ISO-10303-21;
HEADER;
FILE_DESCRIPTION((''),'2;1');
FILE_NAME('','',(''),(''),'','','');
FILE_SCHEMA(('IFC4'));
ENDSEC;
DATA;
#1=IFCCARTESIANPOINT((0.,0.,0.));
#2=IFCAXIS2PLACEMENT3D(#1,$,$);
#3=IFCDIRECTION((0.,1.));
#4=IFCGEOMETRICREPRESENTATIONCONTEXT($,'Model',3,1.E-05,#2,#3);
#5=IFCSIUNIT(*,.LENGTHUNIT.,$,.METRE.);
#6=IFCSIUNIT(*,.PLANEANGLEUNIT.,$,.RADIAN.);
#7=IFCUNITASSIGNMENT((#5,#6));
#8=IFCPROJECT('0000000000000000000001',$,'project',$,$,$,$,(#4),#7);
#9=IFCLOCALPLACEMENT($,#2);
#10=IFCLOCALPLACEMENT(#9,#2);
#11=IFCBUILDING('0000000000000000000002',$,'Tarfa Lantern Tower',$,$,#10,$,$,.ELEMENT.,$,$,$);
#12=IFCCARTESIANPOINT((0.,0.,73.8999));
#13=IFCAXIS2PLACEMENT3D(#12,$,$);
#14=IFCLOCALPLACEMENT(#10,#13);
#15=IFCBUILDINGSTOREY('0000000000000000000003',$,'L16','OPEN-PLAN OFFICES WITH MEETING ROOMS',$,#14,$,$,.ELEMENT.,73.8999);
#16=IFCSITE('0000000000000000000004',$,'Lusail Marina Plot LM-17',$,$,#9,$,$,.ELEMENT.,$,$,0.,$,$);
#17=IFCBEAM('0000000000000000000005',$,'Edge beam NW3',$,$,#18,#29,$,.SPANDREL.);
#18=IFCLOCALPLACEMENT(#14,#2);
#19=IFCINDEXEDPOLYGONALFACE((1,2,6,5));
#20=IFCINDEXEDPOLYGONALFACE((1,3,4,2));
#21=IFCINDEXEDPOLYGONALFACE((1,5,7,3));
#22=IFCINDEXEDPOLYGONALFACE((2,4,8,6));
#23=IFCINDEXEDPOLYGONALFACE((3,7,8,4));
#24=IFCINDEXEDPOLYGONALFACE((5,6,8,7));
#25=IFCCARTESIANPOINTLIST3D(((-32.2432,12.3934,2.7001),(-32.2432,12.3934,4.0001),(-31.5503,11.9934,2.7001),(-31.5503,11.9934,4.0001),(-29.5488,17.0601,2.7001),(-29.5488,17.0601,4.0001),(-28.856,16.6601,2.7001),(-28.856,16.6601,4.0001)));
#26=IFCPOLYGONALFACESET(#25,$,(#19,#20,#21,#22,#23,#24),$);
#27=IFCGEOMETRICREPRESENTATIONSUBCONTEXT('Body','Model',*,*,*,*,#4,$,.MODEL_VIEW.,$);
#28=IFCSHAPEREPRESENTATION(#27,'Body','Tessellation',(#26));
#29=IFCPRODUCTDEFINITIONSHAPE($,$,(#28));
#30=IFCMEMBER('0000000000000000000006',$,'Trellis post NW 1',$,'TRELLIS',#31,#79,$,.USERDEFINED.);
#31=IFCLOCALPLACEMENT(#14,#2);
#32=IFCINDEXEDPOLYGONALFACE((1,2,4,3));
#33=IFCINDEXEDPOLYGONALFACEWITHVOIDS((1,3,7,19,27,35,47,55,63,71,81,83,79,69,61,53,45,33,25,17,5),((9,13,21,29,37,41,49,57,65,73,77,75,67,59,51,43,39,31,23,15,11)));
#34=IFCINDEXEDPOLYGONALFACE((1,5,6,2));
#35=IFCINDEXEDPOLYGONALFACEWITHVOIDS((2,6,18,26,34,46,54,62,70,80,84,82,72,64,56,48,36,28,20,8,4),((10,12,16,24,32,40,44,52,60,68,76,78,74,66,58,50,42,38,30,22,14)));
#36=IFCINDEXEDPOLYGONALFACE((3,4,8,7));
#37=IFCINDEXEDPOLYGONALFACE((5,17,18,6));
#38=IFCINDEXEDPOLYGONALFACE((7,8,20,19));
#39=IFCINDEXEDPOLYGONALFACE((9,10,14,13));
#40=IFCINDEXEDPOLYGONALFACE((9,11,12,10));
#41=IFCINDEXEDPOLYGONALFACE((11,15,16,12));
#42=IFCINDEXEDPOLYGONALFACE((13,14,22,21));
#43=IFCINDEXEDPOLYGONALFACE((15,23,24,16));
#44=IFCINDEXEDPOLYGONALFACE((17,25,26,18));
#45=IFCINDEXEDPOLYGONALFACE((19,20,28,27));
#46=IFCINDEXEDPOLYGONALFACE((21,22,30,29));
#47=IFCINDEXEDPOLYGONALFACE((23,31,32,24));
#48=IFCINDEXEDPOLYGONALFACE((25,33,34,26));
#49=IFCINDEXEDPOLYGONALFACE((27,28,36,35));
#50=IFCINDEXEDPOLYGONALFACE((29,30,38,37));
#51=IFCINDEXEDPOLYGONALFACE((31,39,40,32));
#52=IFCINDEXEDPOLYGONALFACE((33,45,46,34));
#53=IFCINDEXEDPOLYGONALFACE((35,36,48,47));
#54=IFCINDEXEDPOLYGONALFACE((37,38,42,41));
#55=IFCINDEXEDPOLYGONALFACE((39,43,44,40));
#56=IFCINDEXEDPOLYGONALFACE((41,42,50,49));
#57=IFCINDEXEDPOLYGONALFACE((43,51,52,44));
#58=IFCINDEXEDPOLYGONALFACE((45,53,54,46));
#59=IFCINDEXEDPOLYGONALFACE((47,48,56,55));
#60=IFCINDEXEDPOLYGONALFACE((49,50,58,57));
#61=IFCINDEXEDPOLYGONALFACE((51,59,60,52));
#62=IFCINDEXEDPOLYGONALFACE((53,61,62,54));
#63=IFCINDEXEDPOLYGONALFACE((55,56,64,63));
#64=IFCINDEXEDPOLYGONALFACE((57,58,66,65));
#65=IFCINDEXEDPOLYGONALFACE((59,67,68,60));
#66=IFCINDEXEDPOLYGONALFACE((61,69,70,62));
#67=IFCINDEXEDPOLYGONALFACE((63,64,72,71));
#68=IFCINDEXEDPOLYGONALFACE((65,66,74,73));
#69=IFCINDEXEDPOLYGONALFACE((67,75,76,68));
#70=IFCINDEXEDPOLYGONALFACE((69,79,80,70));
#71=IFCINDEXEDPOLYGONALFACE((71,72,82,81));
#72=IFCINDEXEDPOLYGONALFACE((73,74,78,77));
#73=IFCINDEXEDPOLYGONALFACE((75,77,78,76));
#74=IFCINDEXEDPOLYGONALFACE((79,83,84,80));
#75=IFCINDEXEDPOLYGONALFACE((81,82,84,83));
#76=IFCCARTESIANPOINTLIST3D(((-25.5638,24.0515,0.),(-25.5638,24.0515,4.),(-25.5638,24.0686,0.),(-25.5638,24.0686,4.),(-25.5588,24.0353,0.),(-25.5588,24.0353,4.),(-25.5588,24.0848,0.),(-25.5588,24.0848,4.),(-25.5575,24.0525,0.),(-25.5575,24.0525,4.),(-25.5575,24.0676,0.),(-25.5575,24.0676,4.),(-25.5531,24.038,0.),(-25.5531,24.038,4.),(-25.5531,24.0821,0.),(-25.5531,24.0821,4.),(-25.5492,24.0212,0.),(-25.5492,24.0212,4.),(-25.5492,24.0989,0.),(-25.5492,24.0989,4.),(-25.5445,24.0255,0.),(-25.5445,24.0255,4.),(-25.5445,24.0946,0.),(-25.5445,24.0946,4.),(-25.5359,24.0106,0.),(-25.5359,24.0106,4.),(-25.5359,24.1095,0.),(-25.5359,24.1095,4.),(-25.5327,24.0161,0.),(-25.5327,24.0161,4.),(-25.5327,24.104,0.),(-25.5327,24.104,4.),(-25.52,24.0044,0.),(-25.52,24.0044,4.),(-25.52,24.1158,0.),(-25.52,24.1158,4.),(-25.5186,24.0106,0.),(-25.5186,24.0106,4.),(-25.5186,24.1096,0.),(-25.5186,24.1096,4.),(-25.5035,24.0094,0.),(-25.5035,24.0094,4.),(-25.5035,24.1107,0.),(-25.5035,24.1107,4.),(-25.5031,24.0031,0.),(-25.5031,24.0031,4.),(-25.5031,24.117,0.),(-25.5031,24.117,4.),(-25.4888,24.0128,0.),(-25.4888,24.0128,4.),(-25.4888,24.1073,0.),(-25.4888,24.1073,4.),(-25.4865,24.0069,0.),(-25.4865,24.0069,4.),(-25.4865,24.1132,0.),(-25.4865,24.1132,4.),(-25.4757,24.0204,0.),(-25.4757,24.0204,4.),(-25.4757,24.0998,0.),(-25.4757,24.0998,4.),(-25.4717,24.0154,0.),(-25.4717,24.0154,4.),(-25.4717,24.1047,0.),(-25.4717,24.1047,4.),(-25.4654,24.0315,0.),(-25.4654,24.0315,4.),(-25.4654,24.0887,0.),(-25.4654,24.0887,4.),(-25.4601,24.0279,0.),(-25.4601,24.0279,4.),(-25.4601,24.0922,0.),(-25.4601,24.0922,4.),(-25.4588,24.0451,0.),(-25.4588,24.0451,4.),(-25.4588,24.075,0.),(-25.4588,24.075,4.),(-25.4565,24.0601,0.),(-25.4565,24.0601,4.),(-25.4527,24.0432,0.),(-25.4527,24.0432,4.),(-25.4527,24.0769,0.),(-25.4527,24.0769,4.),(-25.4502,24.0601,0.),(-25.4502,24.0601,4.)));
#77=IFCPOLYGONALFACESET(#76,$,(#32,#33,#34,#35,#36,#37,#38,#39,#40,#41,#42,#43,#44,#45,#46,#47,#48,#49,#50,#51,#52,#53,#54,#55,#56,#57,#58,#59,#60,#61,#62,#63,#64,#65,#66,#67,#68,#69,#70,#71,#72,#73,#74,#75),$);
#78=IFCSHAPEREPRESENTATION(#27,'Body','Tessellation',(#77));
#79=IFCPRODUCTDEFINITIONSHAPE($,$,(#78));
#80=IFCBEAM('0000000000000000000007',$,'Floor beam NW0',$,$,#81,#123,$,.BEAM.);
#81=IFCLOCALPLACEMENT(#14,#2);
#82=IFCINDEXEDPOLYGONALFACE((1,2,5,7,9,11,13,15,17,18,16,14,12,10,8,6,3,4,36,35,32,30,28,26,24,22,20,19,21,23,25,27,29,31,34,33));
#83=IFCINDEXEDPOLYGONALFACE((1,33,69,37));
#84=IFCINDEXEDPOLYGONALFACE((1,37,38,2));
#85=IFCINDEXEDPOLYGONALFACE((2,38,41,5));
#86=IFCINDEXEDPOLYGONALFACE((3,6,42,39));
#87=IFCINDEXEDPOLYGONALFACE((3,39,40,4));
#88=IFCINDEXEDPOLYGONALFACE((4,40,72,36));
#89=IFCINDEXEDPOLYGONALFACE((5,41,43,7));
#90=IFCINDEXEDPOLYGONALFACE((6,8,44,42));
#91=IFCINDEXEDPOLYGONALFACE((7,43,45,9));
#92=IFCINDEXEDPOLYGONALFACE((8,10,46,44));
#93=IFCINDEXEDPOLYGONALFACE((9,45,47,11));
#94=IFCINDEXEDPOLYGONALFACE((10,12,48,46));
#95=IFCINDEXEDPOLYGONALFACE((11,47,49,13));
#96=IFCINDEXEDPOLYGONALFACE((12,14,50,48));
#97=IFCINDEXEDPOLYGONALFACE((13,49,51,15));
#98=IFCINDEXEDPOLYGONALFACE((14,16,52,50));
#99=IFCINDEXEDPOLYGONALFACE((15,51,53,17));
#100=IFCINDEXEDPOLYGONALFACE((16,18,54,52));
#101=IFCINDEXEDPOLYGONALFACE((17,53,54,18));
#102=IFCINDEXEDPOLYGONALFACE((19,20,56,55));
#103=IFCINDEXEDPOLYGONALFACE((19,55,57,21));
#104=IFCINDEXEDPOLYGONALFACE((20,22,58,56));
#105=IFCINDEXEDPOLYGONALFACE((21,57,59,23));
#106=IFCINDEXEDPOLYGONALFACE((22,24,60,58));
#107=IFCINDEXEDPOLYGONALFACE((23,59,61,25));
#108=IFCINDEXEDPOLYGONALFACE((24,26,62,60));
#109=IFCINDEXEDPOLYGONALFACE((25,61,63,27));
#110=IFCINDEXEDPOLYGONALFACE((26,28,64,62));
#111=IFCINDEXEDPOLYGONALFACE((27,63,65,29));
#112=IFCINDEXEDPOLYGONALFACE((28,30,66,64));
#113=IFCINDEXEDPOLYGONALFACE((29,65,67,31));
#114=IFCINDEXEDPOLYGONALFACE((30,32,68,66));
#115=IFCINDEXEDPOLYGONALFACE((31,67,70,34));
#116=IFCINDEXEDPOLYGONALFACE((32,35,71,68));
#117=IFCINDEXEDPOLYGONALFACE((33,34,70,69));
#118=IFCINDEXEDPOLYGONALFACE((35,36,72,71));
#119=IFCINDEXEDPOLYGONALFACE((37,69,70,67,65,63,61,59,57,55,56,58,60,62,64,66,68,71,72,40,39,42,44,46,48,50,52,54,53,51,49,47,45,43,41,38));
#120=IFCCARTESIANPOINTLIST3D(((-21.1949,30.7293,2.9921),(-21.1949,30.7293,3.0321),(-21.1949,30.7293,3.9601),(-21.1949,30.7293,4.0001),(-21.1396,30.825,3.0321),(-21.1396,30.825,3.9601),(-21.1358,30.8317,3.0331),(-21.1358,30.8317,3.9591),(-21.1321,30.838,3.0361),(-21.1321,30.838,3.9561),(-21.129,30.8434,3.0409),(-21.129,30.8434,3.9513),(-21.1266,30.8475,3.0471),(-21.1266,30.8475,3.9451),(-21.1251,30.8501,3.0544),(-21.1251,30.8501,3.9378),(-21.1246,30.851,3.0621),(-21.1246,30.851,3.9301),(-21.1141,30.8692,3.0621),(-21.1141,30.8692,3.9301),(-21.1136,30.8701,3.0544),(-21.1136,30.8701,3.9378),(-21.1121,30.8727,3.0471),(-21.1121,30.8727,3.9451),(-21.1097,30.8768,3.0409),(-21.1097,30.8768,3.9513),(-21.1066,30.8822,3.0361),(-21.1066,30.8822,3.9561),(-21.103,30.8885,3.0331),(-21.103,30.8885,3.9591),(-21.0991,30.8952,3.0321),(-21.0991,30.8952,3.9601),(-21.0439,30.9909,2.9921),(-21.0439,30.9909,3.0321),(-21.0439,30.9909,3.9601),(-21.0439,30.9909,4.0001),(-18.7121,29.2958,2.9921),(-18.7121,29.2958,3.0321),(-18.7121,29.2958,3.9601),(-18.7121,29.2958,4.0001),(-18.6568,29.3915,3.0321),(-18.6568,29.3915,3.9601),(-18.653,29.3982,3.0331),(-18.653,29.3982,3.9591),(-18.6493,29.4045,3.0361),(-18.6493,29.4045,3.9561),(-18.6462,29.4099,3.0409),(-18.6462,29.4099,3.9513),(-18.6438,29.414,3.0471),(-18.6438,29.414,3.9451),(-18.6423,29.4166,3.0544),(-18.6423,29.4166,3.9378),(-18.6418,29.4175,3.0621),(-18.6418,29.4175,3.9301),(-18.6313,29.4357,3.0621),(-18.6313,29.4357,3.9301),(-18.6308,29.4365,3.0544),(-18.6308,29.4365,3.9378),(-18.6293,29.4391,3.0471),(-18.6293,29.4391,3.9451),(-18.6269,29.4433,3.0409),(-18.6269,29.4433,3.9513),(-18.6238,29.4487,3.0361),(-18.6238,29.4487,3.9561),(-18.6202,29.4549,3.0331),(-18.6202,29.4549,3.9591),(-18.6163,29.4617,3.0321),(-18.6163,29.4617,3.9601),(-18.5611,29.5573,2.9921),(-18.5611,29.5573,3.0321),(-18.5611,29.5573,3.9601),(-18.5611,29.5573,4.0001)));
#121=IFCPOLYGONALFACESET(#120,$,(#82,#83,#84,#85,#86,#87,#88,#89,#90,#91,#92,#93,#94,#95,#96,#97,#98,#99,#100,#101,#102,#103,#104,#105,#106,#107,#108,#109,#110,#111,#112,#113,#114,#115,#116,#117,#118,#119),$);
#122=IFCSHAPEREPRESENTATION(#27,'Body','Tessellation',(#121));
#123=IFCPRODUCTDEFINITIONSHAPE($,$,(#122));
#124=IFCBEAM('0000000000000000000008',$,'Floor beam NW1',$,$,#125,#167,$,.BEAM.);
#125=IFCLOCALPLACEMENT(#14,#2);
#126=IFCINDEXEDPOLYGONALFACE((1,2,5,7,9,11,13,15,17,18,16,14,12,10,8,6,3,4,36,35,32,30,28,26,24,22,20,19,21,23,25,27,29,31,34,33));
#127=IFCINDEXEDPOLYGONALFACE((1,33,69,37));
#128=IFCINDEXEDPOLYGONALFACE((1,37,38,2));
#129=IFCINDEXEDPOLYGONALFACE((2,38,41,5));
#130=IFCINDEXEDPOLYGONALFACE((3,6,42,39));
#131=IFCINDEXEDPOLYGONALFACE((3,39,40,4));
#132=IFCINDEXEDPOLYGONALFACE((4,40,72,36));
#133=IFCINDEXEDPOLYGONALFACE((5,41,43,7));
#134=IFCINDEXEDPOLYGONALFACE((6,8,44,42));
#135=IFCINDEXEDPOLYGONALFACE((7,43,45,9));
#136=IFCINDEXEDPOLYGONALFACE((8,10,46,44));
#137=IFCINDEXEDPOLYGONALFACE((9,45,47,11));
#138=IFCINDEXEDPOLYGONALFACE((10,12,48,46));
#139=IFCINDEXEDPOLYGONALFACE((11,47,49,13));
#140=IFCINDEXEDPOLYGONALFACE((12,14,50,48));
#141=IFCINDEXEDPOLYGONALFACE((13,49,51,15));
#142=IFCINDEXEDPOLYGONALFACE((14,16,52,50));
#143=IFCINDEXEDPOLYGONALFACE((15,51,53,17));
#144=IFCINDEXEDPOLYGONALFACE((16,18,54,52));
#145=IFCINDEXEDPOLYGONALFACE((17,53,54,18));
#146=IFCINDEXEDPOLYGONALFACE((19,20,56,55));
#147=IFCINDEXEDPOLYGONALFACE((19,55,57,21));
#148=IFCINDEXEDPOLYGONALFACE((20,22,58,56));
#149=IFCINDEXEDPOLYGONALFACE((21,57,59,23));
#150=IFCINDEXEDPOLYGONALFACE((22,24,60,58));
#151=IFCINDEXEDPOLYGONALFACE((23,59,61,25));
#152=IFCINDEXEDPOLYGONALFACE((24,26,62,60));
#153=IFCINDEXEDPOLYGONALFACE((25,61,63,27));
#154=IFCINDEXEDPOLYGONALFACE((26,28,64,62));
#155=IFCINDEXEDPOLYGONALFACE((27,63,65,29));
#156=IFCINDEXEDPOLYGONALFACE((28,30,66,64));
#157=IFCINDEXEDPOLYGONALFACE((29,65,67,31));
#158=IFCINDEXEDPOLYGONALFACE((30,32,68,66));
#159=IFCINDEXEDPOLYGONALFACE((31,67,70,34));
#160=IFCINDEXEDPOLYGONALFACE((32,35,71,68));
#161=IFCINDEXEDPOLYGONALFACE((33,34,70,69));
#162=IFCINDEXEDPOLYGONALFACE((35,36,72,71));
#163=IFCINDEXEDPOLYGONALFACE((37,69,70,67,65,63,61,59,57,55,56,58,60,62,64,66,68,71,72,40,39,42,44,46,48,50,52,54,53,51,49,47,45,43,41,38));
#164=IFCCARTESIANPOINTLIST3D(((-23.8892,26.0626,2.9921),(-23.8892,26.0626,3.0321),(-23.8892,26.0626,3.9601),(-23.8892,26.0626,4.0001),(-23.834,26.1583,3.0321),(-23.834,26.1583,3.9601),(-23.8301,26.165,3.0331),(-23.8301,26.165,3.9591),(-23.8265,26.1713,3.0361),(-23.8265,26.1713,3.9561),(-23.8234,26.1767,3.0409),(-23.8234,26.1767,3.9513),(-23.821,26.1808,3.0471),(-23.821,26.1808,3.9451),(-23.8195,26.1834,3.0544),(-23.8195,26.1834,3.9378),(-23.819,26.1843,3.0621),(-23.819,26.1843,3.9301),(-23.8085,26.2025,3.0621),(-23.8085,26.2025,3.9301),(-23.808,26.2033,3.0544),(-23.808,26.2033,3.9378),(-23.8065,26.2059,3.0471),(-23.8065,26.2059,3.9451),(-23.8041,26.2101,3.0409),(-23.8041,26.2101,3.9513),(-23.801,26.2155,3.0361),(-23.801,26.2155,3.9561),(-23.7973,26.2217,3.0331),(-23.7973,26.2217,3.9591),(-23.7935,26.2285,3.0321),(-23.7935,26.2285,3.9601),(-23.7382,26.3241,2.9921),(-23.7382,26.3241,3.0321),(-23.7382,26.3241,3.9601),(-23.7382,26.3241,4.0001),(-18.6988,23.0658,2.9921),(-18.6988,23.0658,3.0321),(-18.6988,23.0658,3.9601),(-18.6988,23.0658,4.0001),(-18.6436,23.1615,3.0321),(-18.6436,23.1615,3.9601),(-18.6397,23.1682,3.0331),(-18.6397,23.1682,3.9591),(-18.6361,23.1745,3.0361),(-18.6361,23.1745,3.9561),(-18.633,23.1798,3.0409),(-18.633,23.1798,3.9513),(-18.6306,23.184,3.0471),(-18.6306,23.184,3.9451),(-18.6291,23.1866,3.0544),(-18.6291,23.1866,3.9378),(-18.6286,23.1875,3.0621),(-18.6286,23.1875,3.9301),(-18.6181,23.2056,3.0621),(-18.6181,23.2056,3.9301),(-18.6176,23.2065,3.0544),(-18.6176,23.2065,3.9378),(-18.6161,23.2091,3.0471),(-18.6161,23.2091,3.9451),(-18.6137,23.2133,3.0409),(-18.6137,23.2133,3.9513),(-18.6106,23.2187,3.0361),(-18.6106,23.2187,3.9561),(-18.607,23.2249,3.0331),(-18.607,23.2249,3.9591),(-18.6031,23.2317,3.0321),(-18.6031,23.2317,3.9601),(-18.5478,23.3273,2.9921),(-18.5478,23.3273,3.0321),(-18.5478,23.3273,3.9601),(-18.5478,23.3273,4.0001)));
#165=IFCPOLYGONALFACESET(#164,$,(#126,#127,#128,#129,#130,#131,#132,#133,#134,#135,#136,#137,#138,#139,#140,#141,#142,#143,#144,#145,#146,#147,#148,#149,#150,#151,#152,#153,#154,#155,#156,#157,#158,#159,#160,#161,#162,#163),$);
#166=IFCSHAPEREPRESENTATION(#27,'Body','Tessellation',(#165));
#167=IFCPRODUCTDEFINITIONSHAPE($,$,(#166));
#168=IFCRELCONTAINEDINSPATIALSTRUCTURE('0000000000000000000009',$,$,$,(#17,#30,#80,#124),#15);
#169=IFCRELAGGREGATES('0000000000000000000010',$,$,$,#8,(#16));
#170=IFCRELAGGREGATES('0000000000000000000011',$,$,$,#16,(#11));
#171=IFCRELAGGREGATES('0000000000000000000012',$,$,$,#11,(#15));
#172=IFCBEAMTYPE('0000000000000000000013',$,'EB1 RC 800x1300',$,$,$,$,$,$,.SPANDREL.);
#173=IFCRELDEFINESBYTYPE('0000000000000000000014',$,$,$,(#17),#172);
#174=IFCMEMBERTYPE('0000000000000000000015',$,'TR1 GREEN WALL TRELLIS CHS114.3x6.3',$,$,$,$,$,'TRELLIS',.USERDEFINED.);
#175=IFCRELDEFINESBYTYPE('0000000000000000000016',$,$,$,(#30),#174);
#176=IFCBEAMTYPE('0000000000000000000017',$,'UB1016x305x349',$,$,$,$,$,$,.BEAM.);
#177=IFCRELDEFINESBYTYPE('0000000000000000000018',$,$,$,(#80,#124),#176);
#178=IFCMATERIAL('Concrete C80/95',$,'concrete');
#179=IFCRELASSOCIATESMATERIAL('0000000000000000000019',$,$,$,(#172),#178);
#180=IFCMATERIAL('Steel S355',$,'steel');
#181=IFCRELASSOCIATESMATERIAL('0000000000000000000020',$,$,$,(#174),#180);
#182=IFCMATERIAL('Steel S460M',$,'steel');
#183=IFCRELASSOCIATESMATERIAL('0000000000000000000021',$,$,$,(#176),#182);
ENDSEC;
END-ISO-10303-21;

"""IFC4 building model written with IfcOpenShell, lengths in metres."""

from ifc_helpers import new_model, si_unit, direction, frame, origin, origin_2d, place, context, subcontext, project, spatial, rectangle, hollow_circle, i_section, extrude, material, material_profile, profile_set, type_object, element, save


model = new_model("IFC4")

# Units and contexts
model_context = context("Model", 3, precision=1e-05, world=origin(), true_north=direction((0.0, 1.0)))
body_context = subcontext(model_context, "Body", "Model", "MODEL_VIEW")
ifc_project = project(units=[si_unit("LENGTHUNIT", "METRE"), si_unit("PLANEANGLEUNIT", "RADIAN")], contexts=[model_context])

# Site, building, storey
site_placement = place(None, origin())
site = spatial("IfcSite", under=ifc_project, at=site_placement, Name="Lusail Marina Plot LM-17", CompositionType="ELEMENT", RefElevation=0.0)
building_placement = place(site_placement, origin())
building = spatial("IfcBuilding", under=site, at=building_placement, Name="Tarfa Lantern Tower", CompositionType="ELEMENT")
storey_placement = place(building_placement, frame((0.0, 0.0, 73.8999)))
storey = spatial("IfcBuildingStorey", under=building, at=storey_placement, Name="L16", Description="OPEN-PLAN OFFICES WITH MEETING ROOMS", CompositionType="ELEMENT", Elevation=73.8999)

# Shared definitions
ifc_material_1 = material(Name="Concrete C80/95", Category="concrete")

# Beam
ifc_material_profile_1 = material_profile(ifc_material_1, rectangle(XDim=0.8, YDim=1.3, at=origin_2d()), Name="RC 800x1300")
ifc_profile_set_1 = profile_set([ifc_material_profile_1], Name="Concrete C80/95")
beam_type_1 = type_object("IfcBeamType", Name="EB1 RC 800x1300", PredefinedType="SPANDREL", material=ifc_profile_set_1)
beam_1_placement = place(storey_placement, frame((-29.2024, 16.8601, 3.3501), z_axis=(-0.499998, -0.866026, 0.0), x_axis=(0.866026, -0.499998, 0.0)))
element("IfcBeam", 1, at=beam_1_placement, inside=storey, type_object=beam_type_1, Name="Edge beam NW3", PredefinedType="SPANDREL", context=body_context, shape_type="SweptSolid", body=[
    extrude(rectangle(XDim=0.8, YDim=1.3, at=origin_2d()), origin(), (0.0, 0.0, 1.0), 5.3887),
])

# Member
ifc_material_2 = material(Name="Steel S355", Category="steel")
ifc_material_profile_2 = material_profile(ifc_material_2, hollow_circle(Radius=0.0571, WallThickness=0.0063, at=origin_2d()), Name="CHS114.3x6.3")
ifc_profile_set_2 = profile_set([ifc_material_profile_2], Name="Steel S355")
member_type_1 = type_object("IfcMemberType", Name="TR1 GREEN WALL TRELLIS CHS114.3x6.3", ElementType="TRELLIS", PredefinedType="USERDEFINED", material=ifc_profile_set_2)
member_1_placement = place(storey_placement, frame((-25.5073, 24.0601, 0.0), z_axis=(0.0, 0.0, 1.0), x_axis=(1.0, 0.0, 0.0)))
element("IfcMember", 2, at=member_1_placement, inside=storey, type_object=member_type_1, Name="Trellis post NW 1", ObjectType="TRELLIS", PredefinedType="USERDEFINED", context=body_context, shape_type="SweptSolid", body=[
    extrude(hollow_circle(Radius=0.0571, WallThickness=0.0063, at=origin_2d()), origin(), (0.0, 0.0, 1.0), 4.0),
])

# Beams
ifc_material_3 = material(Name="Steel S460M", Category="steel")
ifc_material_profile_3 = material_profile(ifc_material_3, i_section(OverallWidth=0.302, OverallDepth=1.0081, WebThickness=0.021, FlangeThickness=0.04, FilletRadius=0.03, at=origin_2d()), Name="UB1016x305x349")
ifc_profile_set_3 = profile_set([ifc_material_profile_3], Name="Steel S460M")
beam_type_2 = type_object("IfcBeamType", Name="UB1016x305x349", PredefinedType="BEAM", material=ifc_profile_set_3)
beam_2_placement = place(storey_placement, frame((-21.1194, 30.8601, 3.4961), z_axis=(0.866013, -0.500022, 0.0), x_axis=(0.500022, 0.866013, 0.0)))
element("IfcBeam", 3, at=beam_2_placement, inside=storey, type_object=beam_type_2, Name="Floor beam NW0", PredefinedType="BEAM", context=body_context, shape_type="SweptSolid", body=[
    extrude(i_section(OverallWidth=0.302, OverallDepth=1.0081, WebThickness=0.021, FlangeThickness=0.04, FilletRadius=0.03, at=origin_2d()), origin(), (0.0, 0.0, 1.0), 2.8669),
])
beam_3_placement = place(storey_placement, frame((-23.8137, 26.1934, 3.4961), z_axis=(0.866016, -0.500016, 0.0), x_axis=(0.500016, 0.866016, 0.0)))
element("IfcBeam", 4, at=beam_3_placement, inside=storey, type_object=beam_type_2, Name="Floor beam NW1", PredefinedType="BEAM", context=body_context, shape_type="SweptSolid", body=[
    extrude(i_section(OverallWidth=0.302, OverallDepth=1.0081, WebThickness=0.021, FlangeThickness=0.04, FilletRadius=0.03, at=origin_2d()), origin(), (0.0, 0.0, 1.0), 5.9934),
])

save(model, "model.ifc")
